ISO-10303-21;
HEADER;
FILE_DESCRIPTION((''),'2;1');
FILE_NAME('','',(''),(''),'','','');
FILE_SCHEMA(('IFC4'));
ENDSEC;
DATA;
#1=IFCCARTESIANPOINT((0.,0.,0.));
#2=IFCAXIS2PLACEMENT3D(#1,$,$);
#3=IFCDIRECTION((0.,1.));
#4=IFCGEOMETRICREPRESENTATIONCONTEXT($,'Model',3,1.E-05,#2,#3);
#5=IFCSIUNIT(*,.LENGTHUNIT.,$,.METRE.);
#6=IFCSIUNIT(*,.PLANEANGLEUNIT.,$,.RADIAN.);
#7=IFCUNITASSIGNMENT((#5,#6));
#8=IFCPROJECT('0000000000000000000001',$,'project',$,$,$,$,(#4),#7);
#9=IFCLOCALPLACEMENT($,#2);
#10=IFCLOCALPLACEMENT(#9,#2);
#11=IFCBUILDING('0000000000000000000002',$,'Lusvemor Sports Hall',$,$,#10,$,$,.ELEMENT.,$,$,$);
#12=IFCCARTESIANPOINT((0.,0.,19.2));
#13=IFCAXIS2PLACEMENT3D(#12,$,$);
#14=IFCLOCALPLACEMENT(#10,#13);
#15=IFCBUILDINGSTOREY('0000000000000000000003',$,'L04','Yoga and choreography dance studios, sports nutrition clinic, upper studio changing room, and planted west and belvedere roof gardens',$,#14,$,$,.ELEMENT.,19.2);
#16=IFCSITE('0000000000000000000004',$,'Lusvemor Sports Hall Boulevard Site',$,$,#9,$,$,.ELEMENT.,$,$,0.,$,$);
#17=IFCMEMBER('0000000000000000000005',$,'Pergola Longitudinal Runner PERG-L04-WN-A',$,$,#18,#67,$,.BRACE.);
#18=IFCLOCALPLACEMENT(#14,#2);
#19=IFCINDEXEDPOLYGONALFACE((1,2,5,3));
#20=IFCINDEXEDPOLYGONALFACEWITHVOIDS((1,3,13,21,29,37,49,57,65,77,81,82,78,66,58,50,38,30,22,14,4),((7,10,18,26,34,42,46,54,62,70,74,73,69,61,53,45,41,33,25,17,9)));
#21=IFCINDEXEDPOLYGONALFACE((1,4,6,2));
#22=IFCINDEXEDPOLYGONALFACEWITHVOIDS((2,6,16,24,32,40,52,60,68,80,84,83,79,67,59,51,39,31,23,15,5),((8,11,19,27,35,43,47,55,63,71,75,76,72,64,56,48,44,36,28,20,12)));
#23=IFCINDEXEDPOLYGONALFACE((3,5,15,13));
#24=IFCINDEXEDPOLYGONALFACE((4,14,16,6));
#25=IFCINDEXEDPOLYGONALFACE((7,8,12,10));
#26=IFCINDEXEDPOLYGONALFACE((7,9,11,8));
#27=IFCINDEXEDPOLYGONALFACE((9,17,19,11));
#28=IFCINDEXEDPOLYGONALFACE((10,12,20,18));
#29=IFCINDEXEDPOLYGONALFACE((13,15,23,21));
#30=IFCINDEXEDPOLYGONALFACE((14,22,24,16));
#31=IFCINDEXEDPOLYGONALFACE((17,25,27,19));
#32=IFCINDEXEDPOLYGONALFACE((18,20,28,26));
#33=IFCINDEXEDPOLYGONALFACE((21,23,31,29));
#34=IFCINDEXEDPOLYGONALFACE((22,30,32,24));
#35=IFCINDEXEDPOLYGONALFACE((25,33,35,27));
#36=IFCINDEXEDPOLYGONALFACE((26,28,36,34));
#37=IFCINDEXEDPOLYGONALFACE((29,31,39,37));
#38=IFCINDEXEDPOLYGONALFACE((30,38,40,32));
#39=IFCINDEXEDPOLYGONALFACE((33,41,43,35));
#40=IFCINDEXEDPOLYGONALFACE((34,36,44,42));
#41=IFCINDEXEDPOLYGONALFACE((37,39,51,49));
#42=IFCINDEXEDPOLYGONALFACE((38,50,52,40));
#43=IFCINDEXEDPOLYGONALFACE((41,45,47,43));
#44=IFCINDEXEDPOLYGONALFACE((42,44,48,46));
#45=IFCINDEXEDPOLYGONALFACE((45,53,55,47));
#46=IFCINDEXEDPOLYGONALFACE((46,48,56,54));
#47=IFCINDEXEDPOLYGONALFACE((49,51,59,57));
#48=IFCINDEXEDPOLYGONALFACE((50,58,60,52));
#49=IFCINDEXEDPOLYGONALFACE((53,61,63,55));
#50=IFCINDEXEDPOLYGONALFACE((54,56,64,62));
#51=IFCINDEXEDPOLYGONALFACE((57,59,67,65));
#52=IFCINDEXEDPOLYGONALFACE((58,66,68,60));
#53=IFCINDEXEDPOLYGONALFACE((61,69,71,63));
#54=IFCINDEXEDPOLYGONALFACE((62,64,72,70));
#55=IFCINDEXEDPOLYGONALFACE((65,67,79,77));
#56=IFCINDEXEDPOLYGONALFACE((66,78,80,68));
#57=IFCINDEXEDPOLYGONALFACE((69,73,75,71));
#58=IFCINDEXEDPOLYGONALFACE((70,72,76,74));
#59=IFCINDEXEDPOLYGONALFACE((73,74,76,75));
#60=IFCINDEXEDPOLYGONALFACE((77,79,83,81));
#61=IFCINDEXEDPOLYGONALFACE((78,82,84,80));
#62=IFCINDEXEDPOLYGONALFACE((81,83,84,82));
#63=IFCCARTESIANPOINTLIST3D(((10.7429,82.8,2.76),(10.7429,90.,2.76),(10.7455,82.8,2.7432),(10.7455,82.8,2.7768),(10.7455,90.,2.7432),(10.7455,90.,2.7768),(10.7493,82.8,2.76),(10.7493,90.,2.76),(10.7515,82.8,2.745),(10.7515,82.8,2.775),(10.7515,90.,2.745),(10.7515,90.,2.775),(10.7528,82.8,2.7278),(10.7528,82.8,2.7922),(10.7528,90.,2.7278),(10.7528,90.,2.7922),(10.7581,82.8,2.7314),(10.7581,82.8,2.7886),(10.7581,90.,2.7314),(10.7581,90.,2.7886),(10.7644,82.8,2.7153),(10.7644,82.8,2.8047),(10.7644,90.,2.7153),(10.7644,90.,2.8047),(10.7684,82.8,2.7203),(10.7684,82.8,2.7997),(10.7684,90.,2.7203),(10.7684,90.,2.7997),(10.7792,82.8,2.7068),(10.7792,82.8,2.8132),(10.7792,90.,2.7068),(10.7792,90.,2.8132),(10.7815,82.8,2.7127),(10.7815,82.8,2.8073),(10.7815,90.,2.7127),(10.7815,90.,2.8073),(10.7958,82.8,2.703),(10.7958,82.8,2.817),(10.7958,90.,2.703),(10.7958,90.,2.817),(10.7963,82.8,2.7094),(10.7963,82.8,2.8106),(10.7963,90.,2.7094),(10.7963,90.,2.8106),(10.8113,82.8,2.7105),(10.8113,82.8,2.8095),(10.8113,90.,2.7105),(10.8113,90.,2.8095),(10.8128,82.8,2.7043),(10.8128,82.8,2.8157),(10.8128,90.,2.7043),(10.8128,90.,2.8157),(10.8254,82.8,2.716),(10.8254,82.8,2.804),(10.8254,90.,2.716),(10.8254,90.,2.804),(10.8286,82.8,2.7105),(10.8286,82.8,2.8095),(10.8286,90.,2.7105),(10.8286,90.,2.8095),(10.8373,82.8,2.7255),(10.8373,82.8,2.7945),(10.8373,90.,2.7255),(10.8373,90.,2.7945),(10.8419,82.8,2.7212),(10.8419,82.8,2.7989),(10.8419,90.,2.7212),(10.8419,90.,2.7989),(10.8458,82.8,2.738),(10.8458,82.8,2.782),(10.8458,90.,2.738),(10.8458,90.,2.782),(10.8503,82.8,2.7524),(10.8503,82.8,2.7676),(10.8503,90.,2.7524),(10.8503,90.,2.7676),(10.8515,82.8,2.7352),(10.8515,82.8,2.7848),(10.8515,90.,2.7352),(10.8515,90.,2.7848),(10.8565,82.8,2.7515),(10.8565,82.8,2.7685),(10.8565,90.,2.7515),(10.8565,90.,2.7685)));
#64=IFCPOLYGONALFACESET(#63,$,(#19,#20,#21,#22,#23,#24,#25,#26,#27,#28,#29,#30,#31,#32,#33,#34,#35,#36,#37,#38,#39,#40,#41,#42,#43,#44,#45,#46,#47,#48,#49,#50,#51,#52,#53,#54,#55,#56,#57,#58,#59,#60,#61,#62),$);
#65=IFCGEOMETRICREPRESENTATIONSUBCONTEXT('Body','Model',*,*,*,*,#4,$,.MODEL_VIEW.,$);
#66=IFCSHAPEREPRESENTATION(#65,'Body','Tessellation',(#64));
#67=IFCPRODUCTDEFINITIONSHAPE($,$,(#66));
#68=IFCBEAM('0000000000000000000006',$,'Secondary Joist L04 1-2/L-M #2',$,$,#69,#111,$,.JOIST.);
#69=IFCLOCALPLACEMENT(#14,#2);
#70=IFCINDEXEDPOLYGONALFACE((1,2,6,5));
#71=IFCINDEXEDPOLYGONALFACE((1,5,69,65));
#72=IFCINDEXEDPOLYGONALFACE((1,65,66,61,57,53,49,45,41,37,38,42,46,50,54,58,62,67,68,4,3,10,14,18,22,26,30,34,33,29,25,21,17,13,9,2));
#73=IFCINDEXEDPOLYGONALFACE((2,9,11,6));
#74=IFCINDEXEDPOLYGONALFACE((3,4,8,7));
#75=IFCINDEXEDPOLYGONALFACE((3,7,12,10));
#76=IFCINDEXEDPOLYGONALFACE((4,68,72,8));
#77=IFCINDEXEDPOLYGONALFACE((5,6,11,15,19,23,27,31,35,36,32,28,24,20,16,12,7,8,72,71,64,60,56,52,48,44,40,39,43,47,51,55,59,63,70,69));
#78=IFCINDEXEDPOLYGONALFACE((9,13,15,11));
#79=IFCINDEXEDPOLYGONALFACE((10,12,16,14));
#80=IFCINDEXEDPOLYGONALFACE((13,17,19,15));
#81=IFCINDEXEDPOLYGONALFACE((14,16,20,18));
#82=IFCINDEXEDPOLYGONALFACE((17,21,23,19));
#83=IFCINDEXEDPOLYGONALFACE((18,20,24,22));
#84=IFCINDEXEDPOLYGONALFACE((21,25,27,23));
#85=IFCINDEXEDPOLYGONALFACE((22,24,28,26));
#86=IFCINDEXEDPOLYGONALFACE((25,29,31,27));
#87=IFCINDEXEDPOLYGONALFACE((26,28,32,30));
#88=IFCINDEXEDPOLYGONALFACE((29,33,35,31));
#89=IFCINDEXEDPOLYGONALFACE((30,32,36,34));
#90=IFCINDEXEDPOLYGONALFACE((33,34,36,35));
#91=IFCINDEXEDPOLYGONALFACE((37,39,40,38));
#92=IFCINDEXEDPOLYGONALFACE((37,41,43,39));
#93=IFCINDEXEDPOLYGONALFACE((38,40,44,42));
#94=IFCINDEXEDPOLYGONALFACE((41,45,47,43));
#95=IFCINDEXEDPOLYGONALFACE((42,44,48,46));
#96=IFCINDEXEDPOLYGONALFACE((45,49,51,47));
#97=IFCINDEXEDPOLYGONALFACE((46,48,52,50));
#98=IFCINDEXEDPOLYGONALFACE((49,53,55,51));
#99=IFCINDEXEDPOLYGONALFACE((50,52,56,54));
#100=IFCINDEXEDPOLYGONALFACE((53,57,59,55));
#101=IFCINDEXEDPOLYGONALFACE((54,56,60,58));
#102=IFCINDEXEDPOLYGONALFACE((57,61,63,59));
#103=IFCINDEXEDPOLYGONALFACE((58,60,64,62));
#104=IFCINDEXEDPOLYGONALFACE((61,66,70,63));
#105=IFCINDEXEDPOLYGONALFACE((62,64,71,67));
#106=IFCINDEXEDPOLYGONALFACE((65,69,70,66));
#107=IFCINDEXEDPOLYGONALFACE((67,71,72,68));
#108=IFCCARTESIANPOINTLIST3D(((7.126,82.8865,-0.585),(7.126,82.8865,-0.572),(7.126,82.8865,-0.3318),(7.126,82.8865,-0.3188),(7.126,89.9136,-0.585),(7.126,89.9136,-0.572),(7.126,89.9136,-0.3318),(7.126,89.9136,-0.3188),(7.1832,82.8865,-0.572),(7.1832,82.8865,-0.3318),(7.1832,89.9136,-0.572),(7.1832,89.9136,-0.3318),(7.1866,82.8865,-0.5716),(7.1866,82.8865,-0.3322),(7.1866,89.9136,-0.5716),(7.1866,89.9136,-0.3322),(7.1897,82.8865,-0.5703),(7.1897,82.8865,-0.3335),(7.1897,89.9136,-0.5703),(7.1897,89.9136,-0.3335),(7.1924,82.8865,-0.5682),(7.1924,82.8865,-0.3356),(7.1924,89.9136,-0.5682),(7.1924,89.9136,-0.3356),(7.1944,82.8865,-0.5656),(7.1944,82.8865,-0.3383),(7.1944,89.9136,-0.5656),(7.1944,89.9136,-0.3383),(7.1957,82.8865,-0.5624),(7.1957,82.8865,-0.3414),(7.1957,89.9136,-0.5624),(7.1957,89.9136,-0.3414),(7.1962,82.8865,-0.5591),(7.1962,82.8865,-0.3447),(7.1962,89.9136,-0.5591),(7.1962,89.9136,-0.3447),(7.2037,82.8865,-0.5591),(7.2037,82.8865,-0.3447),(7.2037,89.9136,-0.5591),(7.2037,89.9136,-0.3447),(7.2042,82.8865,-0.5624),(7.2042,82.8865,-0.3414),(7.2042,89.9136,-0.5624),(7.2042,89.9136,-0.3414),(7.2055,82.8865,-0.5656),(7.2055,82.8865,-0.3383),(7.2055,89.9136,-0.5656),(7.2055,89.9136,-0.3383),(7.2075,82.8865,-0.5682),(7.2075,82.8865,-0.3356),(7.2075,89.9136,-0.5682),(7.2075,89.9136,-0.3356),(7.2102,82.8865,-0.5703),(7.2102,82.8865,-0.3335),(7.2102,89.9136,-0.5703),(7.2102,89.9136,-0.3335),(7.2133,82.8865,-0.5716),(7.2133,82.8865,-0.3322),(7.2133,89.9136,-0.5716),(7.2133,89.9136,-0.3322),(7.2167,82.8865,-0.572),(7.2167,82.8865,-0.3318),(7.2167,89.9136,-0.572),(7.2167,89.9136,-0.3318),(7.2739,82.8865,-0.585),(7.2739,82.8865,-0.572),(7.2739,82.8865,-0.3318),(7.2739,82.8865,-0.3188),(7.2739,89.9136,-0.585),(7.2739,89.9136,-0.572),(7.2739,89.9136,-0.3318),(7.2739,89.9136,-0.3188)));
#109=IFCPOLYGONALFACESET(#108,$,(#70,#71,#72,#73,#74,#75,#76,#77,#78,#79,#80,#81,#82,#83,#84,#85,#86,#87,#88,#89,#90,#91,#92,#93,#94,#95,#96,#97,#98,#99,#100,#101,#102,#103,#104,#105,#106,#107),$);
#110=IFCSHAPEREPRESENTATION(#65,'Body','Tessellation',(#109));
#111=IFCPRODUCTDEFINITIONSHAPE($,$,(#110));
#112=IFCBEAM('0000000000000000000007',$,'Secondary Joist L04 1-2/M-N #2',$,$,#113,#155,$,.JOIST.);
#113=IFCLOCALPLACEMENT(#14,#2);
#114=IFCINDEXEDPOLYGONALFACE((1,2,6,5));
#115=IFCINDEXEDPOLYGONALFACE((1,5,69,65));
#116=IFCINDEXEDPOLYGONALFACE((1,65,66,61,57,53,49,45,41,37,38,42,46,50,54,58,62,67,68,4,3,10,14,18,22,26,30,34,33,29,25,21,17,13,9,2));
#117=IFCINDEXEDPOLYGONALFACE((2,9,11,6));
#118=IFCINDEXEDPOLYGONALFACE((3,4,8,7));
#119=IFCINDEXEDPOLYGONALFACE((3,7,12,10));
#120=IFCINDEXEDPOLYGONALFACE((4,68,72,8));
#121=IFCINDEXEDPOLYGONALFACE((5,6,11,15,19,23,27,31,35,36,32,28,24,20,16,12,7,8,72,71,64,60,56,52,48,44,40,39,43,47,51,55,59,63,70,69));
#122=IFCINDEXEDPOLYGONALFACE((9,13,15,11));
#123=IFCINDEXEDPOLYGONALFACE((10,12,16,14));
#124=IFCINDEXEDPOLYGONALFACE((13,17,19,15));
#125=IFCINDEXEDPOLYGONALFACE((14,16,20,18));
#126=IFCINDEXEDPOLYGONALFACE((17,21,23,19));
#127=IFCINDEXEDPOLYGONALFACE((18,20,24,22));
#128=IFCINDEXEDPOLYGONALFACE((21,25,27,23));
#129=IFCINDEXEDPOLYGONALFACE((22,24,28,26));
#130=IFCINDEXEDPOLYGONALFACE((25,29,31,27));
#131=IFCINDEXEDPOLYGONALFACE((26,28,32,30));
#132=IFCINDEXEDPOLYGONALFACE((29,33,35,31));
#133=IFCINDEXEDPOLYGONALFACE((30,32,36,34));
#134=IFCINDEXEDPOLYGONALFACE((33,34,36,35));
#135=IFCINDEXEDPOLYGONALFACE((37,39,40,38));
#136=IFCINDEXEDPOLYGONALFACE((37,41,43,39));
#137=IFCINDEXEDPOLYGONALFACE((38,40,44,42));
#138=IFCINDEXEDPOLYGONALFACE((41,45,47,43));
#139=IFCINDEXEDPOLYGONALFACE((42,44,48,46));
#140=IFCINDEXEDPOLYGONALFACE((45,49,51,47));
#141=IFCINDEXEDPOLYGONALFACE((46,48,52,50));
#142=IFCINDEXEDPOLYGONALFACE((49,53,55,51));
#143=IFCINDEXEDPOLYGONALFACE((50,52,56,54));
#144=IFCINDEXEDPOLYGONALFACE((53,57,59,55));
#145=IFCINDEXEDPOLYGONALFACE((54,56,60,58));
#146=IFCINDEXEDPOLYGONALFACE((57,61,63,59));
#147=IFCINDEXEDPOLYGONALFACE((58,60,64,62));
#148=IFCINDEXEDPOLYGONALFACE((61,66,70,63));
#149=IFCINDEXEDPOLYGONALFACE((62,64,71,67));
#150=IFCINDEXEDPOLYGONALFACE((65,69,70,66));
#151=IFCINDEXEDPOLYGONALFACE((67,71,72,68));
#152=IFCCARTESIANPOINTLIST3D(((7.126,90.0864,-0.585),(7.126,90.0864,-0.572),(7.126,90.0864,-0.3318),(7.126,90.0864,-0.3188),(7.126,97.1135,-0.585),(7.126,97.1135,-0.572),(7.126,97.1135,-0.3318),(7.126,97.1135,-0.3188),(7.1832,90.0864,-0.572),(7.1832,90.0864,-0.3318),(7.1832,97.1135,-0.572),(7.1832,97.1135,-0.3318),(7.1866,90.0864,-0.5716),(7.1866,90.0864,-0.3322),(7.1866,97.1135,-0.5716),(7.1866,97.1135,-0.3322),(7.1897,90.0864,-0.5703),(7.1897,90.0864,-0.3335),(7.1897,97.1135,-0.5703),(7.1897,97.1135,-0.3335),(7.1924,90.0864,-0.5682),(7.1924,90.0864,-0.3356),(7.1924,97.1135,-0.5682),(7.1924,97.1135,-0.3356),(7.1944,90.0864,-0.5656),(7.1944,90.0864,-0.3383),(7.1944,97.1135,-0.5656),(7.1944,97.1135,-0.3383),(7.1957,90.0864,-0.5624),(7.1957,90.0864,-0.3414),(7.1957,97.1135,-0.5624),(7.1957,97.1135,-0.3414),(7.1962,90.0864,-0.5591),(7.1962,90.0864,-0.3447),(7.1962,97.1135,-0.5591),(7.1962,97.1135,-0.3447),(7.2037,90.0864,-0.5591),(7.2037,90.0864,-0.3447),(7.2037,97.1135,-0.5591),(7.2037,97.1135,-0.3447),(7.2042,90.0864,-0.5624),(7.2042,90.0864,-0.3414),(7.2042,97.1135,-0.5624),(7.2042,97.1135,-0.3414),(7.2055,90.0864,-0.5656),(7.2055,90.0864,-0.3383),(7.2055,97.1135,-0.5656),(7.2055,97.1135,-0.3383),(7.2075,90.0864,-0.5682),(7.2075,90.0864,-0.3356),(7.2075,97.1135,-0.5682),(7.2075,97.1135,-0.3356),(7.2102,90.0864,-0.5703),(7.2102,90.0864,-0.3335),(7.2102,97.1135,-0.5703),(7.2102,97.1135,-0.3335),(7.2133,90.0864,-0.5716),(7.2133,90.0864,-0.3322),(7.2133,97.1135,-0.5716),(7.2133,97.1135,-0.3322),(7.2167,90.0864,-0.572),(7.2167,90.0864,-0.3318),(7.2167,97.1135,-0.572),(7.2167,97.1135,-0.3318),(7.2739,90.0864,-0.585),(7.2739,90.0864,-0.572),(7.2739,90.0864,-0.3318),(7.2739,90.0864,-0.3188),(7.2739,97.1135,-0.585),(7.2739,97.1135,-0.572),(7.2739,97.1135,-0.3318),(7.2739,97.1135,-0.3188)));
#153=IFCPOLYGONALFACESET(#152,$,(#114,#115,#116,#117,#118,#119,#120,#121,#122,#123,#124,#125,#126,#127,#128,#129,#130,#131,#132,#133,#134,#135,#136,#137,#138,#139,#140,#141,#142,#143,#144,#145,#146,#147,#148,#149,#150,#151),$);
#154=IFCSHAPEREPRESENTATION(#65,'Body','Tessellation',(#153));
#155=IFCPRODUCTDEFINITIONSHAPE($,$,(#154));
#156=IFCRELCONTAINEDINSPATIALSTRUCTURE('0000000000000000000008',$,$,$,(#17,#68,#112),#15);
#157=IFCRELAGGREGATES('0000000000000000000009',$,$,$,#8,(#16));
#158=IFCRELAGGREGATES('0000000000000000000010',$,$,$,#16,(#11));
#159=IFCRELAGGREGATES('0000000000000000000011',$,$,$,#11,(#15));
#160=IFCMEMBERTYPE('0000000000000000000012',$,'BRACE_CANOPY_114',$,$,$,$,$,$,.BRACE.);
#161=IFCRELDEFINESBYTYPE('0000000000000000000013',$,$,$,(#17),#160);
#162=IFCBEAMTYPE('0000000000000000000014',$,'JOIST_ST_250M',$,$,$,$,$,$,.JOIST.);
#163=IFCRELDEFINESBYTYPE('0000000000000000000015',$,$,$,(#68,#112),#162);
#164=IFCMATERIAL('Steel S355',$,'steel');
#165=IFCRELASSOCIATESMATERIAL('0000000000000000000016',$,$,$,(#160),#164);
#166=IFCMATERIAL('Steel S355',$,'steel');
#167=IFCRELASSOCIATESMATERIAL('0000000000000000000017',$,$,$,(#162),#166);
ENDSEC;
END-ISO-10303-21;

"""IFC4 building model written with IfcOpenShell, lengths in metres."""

from ifc_helpers import new_model, si_unit, direction, frame, origin, origin_2d, place, context, subcontext, project, spatial, hollow_circle, i_section, extrude, material, material_profile, profile_set, type_object, element, save


model = new_model("IFC4")

# Units and contexts
model_context = context("Model", 3, precision=1e-05, world=origin(), true_north=direction((0.0, 1.0)))
body_context = subcontext(model_context, "Body", "Model", "MODEL_VIEW")
ifc_project = project(units=[si_unit("LENGTHUNIT", "METRE"), si_unit("PLANEANGLEUNIT", "RADIAN")], contexts=[model_context])

# Site, building, storey
site_placement = place(None, origin())
site = spatial("IfcSite", under=ifc_project, at=site_placement, Name="Lusvemor Sports Hall Boulevard Site", CompositionType="ELEMENT", RefElevation=0.0)
building_placement = place(site_placement, origin())
building = spatial("IfcBuilding", under=site, at=building_placement, Name="Lusvemor Sports Hall", CompositionType="ELEMENT")
storey_placement = place(building_placement, frame((0.0, 0.0, 19.2)))
storey = spatial("IfcBuildingStorey", under=building, at=storey_placement, Name="L04", Description="Yoga and choreography dance studios, sports nutrition clinic, upper studio changing room, and planted west and belvedere roof gardens", CompositionType="ELEMENT", Elevation=19.2)

# Member
ifc_material_1 = material(Name="Steel S355", Category="steel")
ifc_material_profile_1 = material_profile(ifc_material_1, hollow_circle(Radius=0.0571, WallThickness=0.0063, at=origin_2d()), Name="CHS114.3x6.3")
ifc_profile_set_1 = profile_set([ifc_material_profile_1], Name="Steel S355")
member_type_1 = type_object("IfcMemberType", Name="BRACE_CANOPY_114", PredefinedType="BRACE", material=ifc_profile_set_1)
member_placement = place(storey_placement, frame((10.8, 82.8, 2.76), z_axis=(0.0, 1.0, 0.0), x_axis=(-1.0, 0.0, 0.0)))
element("IfcMember", 1, at=member_placement, inside=storey, type_object=member_type_1, Name="Pergola Longitudinal Runner PERG-L04-WN-A", PredefinedType="BRACE", context=body_context, shape_type="SweptSolid", body=[
    extrude(hollow_circle(Radius=0.0571, WallThickness=0.0063, at=origin_2d()), origin(), (0.0, 0.0, 1.0), 7.2),
])

# Beams
ifc_material_2 = material(Name="Steel S355", Category="steel")
ifc_material_profile_2 = material_profile(ifc_material_2, i_section(OverallWidth=0.1479, OverallDepth=0.2661, WebThickness=0.0076, FlangeThickness=0.0129, FilletRadius=0.0129, at=origin_2d()), Name="W250x44.8")
ifc_profile_set_2 = profile_set([ifc_material_profile_2], Name="Steel S355")
beam_type_1 = type_object("IfcBeamType", Name="JOIST_ST_250M", PredefinedType="JOIST", material=ifc_profile_set_2)
for number, where, z_axis, x_axis, name in (
    (2, (7.2, 82.8865, -0.4519), (0.0, 1.0, 0.0), (-1.0, 0.0, 0.0), "Secondary Joist L04 1-2/L-M #2"),
    (3, (7.2, 90.0864, -0.4519), (0.0, 1.0, 0.0), (-1.0, 0.0, 0.0), "Secondary Joist L04 1-2/M-N #2"),
):
    element("IfcBeam", number, at=place(storey_placement, frame(where, z_axis=z_axis, x_axis=x_axis)), inside=storey, type_object=beam_type_1, Name=name, PredefinedType="JOIST", context=body_context, shape_type="SweptSolid", body=[
        extrude(i_section(OverallWidth=0.1479, OverallDepth=0.2661, WebThickness=0.0076, FlangeThickness=0.0129, FilletRadius=0.0129, at=origin_2d()), origin(), (0.0, 0.0, 1.0), 7.0271),
    ])

save(model, "model.ifc")
